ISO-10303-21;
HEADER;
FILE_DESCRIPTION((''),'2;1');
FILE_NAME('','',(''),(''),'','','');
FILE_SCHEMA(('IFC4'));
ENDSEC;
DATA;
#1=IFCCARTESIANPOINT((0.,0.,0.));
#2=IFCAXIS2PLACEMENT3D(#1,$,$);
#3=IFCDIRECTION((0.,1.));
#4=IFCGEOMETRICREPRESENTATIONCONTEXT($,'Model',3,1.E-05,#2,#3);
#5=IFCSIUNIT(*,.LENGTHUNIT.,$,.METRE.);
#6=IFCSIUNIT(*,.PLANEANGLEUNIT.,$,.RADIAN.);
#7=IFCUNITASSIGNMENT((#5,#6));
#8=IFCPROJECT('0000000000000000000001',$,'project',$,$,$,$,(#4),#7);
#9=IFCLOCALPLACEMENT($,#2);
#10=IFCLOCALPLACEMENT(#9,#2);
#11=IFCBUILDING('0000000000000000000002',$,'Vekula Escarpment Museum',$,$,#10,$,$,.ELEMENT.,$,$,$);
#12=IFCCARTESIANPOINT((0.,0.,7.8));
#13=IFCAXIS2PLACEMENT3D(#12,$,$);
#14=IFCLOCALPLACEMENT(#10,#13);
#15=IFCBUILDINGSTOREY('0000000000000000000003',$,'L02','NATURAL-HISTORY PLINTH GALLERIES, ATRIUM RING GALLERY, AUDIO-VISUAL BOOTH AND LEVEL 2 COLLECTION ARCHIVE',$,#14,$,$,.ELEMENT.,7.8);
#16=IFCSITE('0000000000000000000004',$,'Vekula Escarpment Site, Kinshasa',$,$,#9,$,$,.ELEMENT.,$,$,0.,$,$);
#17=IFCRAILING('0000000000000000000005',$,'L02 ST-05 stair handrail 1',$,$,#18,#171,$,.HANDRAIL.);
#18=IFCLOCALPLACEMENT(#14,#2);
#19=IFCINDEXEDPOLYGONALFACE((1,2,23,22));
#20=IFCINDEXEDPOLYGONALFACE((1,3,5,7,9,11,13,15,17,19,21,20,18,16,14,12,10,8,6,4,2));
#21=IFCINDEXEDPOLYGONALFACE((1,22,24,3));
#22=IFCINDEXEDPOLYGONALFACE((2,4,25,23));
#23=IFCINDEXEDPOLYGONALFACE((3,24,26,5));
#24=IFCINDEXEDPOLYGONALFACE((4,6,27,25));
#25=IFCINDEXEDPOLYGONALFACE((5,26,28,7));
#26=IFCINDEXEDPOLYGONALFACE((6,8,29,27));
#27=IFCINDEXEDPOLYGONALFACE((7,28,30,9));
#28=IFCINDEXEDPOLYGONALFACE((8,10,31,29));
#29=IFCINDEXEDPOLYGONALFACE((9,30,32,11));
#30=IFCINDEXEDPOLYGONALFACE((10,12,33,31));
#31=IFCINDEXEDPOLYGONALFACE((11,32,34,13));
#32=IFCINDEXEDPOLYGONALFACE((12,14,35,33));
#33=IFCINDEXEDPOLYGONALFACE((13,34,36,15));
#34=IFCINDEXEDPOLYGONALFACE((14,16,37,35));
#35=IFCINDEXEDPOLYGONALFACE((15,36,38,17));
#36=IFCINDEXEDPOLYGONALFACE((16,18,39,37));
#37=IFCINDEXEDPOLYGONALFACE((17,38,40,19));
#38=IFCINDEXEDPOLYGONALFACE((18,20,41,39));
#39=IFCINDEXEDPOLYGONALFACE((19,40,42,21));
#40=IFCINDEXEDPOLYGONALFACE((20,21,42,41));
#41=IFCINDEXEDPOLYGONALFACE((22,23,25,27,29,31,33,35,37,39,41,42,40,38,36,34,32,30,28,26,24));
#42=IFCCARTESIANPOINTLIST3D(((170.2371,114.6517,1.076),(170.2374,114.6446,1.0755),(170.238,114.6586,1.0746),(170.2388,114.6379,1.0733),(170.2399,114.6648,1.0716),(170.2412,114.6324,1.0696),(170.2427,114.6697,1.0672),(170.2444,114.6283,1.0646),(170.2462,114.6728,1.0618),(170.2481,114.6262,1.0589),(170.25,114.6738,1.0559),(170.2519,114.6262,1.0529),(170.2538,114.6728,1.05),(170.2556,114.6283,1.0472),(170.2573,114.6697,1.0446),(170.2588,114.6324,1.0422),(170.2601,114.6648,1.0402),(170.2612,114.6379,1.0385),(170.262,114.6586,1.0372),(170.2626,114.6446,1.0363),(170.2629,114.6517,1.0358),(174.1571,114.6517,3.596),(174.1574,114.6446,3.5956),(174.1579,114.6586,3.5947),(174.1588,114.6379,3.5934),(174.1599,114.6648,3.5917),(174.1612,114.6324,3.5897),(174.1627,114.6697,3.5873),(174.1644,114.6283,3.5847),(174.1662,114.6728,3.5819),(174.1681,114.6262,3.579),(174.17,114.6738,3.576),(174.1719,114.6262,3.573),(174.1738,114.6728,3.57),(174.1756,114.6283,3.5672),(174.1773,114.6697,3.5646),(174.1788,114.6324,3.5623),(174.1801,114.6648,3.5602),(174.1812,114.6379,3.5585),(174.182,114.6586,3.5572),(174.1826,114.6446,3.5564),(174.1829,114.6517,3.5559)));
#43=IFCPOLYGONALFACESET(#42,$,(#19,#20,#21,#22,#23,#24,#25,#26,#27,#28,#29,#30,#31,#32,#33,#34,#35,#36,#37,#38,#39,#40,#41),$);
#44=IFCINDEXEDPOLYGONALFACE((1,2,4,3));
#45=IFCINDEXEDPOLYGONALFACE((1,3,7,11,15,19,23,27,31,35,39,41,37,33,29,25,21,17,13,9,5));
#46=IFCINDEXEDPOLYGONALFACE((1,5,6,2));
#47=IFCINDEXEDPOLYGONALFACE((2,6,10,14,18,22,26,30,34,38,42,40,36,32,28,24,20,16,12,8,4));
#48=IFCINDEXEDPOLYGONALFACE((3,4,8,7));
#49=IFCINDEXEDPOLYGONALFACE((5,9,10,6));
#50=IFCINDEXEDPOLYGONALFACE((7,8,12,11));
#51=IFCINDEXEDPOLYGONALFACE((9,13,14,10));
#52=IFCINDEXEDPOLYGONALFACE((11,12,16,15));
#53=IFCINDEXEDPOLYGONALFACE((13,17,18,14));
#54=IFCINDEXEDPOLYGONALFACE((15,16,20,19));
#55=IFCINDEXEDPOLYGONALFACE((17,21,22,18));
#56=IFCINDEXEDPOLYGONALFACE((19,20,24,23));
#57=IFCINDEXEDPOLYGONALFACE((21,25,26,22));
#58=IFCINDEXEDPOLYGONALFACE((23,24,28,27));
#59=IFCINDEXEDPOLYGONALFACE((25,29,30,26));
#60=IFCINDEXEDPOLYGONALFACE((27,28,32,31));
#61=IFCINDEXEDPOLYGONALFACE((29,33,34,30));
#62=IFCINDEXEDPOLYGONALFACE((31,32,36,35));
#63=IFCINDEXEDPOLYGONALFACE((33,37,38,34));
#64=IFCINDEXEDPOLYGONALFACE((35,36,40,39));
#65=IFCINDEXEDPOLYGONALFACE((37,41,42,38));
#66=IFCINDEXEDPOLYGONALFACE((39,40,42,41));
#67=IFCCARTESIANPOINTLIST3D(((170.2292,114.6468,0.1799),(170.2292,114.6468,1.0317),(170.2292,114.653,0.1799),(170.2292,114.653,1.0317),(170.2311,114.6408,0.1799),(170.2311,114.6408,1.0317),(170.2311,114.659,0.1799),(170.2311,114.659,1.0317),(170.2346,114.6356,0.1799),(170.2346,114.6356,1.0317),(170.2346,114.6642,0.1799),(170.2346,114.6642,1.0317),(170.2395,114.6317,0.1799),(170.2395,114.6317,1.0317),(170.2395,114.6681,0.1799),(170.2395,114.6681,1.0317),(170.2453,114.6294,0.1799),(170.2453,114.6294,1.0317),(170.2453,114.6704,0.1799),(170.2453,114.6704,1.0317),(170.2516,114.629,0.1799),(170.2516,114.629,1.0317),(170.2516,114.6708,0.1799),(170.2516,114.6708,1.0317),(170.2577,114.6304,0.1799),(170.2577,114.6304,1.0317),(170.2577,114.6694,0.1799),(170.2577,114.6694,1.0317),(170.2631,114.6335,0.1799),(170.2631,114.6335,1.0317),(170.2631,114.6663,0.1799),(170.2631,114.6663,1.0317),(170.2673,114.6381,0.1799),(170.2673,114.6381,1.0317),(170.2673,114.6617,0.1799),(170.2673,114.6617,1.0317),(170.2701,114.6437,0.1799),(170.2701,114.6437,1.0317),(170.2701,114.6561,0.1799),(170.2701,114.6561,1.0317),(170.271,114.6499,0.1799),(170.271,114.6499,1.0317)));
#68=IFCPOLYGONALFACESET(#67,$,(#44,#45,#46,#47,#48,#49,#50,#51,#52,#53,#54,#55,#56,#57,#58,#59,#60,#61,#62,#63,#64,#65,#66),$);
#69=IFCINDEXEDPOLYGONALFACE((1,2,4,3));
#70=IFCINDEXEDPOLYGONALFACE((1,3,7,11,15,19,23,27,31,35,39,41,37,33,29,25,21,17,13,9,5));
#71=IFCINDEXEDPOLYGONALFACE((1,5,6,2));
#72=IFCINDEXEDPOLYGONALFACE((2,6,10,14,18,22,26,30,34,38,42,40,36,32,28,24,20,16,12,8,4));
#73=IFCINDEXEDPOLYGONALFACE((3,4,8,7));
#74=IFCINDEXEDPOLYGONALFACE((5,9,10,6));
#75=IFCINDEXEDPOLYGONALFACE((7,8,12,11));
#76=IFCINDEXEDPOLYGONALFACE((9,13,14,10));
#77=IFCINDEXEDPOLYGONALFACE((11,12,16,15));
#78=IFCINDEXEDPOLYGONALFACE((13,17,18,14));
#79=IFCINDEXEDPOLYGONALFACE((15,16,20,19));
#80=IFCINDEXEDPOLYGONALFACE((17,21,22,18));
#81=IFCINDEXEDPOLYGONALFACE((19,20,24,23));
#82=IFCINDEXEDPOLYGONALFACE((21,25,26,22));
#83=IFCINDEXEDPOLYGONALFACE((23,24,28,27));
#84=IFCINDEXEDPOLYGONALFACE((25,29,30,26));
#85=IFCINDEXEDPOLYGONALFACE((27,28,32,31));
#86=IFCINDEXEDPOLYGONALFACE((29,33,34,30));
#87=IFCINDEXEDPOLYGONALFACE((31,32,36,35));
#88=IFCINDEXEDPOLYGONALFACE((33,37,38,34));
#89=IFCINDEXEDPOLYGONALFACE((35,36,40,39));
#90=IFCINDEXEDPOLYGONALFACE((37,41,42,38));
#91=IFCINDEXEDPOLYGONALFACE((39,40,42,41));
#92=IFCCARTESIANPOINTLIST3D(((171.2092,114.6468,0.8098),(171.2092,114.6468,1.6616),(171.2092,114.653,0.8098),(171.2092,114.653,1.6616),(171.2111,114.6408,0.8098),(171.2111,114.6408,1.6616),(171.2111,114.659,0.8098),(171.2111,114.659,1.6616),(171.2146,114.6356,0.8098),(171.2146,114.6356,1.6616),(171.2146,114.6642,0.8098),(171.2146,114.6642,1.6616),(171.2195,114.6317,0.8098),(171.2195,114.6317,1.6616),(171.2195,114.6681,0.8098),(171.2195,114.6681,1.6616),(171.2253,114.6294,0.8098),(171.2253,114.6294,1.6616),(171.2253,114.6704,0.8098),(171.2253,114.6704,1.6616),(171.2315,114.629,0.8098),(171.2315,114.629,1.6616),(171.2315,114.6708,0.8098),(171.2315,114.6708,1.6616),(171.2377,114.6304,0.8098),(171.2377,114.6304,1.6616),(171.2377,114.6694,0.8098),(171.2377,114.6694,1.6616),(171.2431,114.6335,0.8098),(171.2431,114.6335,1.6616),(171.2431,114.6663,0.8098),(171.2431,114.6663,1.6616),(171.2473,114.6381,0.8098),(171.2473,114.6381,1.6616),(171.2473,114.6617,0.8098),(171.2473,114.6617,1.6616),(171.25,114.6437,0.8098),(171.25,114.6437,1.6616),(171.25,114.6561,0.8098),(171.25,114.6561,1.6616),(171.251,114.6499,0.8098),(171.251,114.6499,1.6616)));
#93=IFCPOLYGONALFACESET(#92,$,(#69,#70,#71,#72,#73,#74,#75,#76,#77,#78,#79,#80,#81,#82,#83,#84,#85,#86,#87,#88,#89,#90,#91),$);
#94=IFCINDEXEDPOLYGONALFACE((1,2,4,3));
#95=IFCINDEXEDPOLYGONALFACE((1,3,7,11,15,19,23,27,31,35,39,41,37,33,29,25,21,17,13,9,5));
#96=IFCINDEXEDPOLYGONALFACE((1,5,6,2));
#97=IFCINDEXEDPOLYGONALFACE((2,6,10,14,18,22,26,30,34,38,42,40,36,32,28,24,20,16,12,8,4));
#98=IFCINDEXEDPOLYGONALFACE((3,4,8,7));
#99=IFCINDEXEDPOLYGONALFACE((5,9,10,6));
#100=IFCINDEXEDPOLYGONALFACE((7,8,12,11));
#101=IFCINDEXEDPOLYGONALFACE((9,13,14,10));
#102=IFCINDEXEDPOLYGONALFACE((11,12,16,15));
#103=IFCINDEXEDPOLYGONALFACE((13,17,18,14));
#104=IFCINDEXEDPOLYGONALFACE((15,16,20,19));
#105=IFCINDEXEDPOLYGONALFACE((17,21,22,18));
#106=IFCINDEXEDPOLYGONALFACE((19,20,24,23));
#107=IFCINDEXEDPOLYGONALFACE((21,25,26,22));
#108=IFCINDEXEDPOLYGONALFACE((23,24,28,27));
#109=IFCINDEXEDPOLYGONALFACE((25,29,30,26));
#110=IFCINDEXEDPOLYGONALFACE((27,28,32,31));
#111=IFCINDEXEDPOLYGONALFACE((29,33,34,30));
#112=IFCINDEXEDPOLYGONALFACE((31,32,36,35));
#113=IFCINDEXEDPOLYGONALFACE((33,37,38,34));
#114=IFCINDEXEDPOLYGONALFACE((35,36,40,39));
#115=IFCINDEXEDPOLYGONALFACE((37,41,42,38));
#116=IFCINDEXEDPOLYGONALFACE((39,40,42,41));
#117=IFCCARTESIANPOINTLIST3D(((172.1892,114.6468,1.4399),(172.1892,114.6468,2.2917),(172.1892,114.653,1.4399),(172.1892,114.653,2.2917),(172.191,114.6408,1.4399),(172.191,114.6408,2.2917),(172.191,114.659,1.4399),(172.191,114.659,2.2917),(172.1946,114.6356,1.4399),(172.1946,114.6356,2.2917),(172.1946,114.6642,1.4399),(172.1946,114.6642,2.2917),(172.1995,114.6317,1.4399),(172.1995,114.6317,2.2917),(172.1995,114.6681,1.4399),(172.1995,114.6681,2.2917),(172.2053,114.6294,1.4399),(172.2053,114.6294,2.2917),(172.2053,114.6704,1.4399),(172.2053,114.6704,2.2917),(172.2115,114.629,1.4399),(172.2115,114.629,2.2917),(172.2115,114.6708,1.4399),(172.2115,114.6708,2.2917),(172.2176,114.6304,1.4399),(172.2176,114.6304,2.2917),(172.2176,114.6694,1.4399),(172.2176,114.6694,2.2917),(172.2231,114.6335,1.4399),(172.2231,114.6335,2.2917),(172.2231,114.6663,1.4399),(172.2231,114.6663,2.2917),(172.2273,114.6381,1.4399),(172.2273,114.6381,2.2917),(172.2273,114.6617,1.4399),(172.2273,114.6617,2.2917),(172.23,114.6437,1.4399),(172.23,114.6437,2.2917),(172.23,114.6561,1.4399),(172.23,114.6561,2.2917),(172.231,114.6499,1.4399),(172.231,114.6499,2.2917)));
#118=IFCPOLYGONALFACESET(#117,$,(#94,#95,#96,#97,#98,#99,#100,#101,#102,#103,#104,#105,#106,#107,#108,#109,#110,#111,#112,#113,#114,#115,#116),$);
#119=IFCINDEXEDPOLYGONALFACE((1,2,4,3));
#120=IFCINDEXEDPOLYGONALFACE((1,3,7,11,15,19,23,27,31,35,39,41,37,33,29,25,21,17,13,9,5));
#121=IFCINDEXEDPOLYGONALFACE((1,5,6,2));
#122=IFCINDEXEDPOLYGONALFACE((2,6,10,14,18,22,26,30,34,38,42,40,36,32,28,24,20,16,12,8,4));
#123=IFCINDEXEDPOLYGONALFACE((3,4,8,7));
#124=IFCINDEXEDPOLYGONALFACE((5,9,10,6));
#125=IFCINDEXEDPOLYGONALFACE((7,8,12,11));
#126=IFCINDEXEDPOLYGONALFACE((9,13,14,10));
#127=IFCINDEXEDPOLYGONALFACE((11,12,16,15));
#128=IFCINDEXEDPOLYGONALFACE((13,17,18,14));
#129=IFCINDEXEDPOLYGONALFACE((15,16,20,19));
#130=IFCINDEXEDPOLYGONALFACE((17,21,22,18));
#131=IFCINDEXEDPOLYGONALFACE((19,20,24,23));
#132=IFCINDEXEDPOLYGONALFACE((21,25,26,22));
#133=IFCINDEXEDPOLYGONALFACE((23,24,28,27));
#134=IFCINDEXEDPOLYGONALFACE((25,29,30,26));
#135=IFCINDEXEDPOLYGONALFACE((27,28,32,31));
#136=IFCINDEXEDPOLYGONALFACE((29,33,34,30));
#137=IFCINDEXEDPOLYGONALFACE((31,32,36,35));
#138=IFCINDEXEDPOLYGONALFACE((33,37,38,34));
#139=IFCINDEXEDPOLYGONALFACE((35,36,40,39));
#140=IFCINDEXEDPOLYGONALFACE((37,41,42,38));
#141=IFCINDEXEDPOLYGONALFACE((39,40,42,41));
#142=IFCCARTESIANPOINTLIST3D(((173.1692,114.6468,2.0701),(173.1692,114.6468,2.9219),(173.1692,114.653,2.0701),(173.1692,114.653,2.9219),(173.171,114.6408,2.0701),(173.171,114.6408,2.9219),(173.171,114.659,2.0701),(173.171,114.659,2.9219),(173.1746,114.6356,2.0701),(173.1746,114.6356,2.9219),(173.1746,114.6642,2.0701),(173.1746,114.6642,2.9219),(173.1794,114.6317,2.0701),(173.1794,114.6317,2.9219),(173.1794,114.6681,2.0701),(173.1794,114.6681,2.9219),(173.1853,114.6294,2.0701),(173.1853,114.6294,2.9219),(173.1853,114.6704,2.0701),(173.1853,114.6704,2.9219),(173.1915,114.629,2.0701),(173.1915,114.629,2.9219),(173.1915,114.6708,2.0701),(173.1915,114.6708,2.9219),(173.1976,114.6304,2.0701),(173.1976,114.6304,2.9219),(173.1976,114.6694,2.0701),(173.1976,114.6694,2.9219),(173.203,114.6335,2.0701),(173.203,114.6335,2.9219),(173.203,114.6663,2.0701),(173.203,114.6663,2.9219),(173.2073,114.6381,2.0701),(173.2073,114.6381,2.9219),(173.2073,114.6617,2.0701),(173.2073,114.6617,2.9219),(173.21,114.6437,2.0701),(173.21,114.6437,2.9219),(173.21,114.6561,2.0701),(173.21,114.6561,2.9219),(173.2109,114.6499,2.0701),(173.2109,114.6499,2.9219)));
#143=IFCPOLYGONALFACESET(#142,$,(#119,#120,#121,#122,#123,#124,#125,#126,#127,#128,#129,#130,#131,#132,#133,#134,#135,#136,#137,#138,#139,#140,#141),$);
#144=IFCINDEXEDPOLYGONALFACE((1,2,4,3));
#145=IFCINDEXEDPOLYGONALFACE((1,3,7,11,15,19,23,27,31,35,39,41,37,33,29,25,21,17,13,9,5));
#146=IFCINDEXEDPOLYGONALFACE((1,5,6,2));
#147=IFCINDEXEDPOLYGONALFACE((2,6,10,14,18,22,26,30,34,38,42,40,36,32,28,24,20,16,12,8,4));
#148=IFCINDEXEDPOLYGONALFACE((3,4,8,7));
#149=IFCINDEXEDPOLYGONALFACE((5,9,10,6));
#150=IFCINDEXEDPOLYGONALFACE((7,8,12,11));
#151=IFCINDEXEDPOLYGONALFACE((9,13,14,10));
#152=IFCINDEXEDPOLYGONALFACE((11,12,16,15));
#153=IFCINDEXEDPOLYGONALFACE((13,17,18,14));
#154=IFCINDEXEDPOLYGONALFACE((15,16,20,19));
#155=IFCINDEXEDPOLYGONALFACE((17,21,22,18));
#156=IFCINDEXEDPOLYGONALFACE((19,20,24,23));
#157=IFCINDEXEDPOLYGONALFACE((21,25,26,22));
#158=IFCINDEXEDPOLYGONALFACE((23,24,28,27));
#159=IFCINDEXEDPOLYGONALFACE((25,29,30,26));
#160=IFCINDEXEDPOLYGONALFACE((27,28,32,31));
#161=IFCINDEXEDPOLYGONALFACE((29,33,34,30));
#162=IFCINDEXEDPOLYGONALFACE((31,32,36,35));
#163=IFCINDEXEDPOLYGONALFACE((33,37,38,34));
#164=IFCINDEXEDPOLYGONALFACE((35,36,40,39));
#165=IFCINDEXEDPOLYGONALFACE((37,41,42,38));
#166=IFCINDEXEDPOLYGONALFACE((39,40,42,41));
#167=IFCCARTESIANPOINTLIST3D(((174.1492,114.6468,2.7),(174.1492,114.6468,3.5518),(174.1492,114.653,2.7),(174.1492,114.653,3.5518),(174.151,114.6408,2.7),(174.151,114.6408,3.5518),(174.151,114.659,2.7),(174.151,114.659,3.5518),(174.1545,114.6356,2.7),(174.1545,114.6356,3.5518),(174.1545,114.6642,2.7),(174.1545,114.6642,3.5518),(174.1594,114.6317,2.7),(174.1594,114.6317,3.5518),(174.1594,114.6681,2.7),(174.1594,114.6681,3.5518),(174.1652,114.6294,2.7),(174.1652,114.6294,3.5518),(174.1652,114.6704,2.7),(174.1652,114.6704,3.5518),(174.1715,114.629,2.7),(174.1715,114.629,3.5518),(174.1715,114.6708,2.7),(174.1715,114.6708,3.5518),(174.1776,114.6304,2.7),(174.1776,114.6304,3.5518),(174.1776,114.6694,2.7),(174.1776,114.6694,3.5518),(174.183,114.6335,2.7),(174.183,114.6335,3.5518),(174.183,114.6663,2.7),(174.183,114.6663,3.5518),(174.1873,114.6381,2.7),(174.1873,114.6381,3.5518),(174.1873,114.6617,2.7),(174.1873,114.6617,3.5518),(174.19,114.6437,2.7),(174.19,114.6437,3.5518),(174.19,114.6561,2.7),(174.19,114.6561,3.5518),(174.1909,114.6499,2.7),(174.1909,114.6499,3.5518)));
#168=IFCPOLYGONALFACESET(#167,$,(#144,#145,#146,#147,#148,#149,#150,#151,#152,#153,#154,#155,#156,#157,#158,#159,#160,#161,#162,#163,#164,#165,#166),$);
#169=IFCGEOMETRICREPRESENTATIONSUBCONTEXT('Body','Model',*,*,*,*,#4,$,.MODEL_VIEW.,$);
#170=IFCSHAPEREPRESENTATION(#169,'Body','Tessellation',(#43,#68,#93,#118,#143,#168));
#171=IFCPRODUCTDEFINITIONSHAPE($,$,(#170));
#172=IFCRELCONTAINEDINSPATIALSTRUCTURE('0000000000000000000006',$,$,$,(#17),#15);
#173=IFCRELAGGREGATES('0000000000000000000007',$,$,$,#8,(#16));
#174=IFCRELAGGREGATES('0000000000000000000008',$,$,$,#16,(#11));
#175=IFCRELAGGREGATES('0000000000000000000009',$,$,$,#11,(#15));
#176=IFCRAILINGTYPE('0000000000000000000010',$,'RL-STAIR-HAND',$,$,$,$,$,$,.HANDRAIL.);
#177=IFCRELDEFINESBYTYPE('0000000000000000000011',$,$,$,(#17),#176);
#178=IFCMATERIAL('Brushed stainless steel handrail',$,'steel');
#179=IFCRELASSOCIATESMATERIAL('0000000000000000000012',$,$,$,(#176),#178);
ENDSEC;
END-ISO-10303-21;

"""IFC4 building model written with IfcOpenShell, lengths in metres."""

from ifc_helpers import new_model, si_unit, direction, frame, origin, origin_2d, place, context, subcontext, project, spatial, circle, extrude, material, type_object, element, save


model = new_model("IFC4")

# Units and contexts
model_context = context("Model", 3, precision=1e-05, world=origin(), true_north=direction((0.0, 1.0)))
body_context = subcontext(model_context, "Body", "Model", "MODEL_VIEW")
ifc_project = project(units=[si_unit("LENGTHUNIT", "METRE"), si_unit("PLANEANGLEUNIT", "RADIAN")], contexts=[model_context])

# Site, building, storey
site_placement = place(None, origin())
site = spatial("IfcSite", under=ifc_project, at=site_placement, Name="Vekula Escarpment Site, Kinshasa", CompositionType="ELEMENT", RefElevation=0.0)
building_placement = place(site_placement, origin())
building = spatial("IfcBuilding", under=site, at=building_placement, Name="Vekula Escarpment Museum", CompositionType="ELEMENT")
storey_placement = place(building_placement, frame((0.0, 0.0, 7.8)))
storey = spatial("IfcBuildingStorey", under=building, at=storey_placement, Name="L02", Description="NATURAL-HISTORY PLINTH GALLERIES, ATRIUM RING GALLERY, AUDIO-VISUAL BOOTH AND LEVEL 2 COLLECTION ARCHIVE", CompositionType="ELEMENT", Elevation=7.8)

# Railing
ifc_material_1 = material(Name="Brushed stainless steel handrail", Category="steel")
railing_type_1 = type_object("IfcRailingType", Name="RL-STAIR-HAND", PredefinedType="HANDRAIL", material=ifc_material_1)
railing_1_placement = place(storey_placement, frame((170.25, 114.6499, 0.1799)))
element("IfcRailing", 1, at=railing_1_placement, inside=storey, type_object=railing_type_1, Name="L02 ST-05 stair handrail 1", PredefinedType="HANDRAIL", context=body_context, shape_type="SweptSolid", body=[
    extrude(circle(Radius=0.0239, at=origin_2d()), frame((0.0, 0.0, 0.876), z_axis=(0.841172, 0.0, 0.540768), x_axis=(0.0, 1.0, 0.0)), (0.0, 0.0, 1.0), 4.6602),
    extrude(circle(Radius=0.021, at=origin_2d()), origin(), (0.0, 0.0, 1.0), 0.8518),
    extrude(circle(Radius=0.021, at=origin_2d()), frame((0.98, 0.0, 0.6299)), (0.0, 0.0, 1.0), 0.8518),
    extrude(circle(Radius=0.021, at=origin_2d()), frame((1.96, 0.0, 1.26)), (0.0, 0.0, 1.0), 0.8518),
    extrude(circle(Radius=0.021, at=origin_2d()), frame((2.9399, 0.0, 1.8901)), (0.0, 0.0, 1.0), 0.8518),
    extrude(circle(Radius=0.021, at=origin_2d()), frame((3.9199, 0.0, 2.52)), (0.0, 0.0, 1.0), 0.8518),
])

save(model, "model.ifc")
